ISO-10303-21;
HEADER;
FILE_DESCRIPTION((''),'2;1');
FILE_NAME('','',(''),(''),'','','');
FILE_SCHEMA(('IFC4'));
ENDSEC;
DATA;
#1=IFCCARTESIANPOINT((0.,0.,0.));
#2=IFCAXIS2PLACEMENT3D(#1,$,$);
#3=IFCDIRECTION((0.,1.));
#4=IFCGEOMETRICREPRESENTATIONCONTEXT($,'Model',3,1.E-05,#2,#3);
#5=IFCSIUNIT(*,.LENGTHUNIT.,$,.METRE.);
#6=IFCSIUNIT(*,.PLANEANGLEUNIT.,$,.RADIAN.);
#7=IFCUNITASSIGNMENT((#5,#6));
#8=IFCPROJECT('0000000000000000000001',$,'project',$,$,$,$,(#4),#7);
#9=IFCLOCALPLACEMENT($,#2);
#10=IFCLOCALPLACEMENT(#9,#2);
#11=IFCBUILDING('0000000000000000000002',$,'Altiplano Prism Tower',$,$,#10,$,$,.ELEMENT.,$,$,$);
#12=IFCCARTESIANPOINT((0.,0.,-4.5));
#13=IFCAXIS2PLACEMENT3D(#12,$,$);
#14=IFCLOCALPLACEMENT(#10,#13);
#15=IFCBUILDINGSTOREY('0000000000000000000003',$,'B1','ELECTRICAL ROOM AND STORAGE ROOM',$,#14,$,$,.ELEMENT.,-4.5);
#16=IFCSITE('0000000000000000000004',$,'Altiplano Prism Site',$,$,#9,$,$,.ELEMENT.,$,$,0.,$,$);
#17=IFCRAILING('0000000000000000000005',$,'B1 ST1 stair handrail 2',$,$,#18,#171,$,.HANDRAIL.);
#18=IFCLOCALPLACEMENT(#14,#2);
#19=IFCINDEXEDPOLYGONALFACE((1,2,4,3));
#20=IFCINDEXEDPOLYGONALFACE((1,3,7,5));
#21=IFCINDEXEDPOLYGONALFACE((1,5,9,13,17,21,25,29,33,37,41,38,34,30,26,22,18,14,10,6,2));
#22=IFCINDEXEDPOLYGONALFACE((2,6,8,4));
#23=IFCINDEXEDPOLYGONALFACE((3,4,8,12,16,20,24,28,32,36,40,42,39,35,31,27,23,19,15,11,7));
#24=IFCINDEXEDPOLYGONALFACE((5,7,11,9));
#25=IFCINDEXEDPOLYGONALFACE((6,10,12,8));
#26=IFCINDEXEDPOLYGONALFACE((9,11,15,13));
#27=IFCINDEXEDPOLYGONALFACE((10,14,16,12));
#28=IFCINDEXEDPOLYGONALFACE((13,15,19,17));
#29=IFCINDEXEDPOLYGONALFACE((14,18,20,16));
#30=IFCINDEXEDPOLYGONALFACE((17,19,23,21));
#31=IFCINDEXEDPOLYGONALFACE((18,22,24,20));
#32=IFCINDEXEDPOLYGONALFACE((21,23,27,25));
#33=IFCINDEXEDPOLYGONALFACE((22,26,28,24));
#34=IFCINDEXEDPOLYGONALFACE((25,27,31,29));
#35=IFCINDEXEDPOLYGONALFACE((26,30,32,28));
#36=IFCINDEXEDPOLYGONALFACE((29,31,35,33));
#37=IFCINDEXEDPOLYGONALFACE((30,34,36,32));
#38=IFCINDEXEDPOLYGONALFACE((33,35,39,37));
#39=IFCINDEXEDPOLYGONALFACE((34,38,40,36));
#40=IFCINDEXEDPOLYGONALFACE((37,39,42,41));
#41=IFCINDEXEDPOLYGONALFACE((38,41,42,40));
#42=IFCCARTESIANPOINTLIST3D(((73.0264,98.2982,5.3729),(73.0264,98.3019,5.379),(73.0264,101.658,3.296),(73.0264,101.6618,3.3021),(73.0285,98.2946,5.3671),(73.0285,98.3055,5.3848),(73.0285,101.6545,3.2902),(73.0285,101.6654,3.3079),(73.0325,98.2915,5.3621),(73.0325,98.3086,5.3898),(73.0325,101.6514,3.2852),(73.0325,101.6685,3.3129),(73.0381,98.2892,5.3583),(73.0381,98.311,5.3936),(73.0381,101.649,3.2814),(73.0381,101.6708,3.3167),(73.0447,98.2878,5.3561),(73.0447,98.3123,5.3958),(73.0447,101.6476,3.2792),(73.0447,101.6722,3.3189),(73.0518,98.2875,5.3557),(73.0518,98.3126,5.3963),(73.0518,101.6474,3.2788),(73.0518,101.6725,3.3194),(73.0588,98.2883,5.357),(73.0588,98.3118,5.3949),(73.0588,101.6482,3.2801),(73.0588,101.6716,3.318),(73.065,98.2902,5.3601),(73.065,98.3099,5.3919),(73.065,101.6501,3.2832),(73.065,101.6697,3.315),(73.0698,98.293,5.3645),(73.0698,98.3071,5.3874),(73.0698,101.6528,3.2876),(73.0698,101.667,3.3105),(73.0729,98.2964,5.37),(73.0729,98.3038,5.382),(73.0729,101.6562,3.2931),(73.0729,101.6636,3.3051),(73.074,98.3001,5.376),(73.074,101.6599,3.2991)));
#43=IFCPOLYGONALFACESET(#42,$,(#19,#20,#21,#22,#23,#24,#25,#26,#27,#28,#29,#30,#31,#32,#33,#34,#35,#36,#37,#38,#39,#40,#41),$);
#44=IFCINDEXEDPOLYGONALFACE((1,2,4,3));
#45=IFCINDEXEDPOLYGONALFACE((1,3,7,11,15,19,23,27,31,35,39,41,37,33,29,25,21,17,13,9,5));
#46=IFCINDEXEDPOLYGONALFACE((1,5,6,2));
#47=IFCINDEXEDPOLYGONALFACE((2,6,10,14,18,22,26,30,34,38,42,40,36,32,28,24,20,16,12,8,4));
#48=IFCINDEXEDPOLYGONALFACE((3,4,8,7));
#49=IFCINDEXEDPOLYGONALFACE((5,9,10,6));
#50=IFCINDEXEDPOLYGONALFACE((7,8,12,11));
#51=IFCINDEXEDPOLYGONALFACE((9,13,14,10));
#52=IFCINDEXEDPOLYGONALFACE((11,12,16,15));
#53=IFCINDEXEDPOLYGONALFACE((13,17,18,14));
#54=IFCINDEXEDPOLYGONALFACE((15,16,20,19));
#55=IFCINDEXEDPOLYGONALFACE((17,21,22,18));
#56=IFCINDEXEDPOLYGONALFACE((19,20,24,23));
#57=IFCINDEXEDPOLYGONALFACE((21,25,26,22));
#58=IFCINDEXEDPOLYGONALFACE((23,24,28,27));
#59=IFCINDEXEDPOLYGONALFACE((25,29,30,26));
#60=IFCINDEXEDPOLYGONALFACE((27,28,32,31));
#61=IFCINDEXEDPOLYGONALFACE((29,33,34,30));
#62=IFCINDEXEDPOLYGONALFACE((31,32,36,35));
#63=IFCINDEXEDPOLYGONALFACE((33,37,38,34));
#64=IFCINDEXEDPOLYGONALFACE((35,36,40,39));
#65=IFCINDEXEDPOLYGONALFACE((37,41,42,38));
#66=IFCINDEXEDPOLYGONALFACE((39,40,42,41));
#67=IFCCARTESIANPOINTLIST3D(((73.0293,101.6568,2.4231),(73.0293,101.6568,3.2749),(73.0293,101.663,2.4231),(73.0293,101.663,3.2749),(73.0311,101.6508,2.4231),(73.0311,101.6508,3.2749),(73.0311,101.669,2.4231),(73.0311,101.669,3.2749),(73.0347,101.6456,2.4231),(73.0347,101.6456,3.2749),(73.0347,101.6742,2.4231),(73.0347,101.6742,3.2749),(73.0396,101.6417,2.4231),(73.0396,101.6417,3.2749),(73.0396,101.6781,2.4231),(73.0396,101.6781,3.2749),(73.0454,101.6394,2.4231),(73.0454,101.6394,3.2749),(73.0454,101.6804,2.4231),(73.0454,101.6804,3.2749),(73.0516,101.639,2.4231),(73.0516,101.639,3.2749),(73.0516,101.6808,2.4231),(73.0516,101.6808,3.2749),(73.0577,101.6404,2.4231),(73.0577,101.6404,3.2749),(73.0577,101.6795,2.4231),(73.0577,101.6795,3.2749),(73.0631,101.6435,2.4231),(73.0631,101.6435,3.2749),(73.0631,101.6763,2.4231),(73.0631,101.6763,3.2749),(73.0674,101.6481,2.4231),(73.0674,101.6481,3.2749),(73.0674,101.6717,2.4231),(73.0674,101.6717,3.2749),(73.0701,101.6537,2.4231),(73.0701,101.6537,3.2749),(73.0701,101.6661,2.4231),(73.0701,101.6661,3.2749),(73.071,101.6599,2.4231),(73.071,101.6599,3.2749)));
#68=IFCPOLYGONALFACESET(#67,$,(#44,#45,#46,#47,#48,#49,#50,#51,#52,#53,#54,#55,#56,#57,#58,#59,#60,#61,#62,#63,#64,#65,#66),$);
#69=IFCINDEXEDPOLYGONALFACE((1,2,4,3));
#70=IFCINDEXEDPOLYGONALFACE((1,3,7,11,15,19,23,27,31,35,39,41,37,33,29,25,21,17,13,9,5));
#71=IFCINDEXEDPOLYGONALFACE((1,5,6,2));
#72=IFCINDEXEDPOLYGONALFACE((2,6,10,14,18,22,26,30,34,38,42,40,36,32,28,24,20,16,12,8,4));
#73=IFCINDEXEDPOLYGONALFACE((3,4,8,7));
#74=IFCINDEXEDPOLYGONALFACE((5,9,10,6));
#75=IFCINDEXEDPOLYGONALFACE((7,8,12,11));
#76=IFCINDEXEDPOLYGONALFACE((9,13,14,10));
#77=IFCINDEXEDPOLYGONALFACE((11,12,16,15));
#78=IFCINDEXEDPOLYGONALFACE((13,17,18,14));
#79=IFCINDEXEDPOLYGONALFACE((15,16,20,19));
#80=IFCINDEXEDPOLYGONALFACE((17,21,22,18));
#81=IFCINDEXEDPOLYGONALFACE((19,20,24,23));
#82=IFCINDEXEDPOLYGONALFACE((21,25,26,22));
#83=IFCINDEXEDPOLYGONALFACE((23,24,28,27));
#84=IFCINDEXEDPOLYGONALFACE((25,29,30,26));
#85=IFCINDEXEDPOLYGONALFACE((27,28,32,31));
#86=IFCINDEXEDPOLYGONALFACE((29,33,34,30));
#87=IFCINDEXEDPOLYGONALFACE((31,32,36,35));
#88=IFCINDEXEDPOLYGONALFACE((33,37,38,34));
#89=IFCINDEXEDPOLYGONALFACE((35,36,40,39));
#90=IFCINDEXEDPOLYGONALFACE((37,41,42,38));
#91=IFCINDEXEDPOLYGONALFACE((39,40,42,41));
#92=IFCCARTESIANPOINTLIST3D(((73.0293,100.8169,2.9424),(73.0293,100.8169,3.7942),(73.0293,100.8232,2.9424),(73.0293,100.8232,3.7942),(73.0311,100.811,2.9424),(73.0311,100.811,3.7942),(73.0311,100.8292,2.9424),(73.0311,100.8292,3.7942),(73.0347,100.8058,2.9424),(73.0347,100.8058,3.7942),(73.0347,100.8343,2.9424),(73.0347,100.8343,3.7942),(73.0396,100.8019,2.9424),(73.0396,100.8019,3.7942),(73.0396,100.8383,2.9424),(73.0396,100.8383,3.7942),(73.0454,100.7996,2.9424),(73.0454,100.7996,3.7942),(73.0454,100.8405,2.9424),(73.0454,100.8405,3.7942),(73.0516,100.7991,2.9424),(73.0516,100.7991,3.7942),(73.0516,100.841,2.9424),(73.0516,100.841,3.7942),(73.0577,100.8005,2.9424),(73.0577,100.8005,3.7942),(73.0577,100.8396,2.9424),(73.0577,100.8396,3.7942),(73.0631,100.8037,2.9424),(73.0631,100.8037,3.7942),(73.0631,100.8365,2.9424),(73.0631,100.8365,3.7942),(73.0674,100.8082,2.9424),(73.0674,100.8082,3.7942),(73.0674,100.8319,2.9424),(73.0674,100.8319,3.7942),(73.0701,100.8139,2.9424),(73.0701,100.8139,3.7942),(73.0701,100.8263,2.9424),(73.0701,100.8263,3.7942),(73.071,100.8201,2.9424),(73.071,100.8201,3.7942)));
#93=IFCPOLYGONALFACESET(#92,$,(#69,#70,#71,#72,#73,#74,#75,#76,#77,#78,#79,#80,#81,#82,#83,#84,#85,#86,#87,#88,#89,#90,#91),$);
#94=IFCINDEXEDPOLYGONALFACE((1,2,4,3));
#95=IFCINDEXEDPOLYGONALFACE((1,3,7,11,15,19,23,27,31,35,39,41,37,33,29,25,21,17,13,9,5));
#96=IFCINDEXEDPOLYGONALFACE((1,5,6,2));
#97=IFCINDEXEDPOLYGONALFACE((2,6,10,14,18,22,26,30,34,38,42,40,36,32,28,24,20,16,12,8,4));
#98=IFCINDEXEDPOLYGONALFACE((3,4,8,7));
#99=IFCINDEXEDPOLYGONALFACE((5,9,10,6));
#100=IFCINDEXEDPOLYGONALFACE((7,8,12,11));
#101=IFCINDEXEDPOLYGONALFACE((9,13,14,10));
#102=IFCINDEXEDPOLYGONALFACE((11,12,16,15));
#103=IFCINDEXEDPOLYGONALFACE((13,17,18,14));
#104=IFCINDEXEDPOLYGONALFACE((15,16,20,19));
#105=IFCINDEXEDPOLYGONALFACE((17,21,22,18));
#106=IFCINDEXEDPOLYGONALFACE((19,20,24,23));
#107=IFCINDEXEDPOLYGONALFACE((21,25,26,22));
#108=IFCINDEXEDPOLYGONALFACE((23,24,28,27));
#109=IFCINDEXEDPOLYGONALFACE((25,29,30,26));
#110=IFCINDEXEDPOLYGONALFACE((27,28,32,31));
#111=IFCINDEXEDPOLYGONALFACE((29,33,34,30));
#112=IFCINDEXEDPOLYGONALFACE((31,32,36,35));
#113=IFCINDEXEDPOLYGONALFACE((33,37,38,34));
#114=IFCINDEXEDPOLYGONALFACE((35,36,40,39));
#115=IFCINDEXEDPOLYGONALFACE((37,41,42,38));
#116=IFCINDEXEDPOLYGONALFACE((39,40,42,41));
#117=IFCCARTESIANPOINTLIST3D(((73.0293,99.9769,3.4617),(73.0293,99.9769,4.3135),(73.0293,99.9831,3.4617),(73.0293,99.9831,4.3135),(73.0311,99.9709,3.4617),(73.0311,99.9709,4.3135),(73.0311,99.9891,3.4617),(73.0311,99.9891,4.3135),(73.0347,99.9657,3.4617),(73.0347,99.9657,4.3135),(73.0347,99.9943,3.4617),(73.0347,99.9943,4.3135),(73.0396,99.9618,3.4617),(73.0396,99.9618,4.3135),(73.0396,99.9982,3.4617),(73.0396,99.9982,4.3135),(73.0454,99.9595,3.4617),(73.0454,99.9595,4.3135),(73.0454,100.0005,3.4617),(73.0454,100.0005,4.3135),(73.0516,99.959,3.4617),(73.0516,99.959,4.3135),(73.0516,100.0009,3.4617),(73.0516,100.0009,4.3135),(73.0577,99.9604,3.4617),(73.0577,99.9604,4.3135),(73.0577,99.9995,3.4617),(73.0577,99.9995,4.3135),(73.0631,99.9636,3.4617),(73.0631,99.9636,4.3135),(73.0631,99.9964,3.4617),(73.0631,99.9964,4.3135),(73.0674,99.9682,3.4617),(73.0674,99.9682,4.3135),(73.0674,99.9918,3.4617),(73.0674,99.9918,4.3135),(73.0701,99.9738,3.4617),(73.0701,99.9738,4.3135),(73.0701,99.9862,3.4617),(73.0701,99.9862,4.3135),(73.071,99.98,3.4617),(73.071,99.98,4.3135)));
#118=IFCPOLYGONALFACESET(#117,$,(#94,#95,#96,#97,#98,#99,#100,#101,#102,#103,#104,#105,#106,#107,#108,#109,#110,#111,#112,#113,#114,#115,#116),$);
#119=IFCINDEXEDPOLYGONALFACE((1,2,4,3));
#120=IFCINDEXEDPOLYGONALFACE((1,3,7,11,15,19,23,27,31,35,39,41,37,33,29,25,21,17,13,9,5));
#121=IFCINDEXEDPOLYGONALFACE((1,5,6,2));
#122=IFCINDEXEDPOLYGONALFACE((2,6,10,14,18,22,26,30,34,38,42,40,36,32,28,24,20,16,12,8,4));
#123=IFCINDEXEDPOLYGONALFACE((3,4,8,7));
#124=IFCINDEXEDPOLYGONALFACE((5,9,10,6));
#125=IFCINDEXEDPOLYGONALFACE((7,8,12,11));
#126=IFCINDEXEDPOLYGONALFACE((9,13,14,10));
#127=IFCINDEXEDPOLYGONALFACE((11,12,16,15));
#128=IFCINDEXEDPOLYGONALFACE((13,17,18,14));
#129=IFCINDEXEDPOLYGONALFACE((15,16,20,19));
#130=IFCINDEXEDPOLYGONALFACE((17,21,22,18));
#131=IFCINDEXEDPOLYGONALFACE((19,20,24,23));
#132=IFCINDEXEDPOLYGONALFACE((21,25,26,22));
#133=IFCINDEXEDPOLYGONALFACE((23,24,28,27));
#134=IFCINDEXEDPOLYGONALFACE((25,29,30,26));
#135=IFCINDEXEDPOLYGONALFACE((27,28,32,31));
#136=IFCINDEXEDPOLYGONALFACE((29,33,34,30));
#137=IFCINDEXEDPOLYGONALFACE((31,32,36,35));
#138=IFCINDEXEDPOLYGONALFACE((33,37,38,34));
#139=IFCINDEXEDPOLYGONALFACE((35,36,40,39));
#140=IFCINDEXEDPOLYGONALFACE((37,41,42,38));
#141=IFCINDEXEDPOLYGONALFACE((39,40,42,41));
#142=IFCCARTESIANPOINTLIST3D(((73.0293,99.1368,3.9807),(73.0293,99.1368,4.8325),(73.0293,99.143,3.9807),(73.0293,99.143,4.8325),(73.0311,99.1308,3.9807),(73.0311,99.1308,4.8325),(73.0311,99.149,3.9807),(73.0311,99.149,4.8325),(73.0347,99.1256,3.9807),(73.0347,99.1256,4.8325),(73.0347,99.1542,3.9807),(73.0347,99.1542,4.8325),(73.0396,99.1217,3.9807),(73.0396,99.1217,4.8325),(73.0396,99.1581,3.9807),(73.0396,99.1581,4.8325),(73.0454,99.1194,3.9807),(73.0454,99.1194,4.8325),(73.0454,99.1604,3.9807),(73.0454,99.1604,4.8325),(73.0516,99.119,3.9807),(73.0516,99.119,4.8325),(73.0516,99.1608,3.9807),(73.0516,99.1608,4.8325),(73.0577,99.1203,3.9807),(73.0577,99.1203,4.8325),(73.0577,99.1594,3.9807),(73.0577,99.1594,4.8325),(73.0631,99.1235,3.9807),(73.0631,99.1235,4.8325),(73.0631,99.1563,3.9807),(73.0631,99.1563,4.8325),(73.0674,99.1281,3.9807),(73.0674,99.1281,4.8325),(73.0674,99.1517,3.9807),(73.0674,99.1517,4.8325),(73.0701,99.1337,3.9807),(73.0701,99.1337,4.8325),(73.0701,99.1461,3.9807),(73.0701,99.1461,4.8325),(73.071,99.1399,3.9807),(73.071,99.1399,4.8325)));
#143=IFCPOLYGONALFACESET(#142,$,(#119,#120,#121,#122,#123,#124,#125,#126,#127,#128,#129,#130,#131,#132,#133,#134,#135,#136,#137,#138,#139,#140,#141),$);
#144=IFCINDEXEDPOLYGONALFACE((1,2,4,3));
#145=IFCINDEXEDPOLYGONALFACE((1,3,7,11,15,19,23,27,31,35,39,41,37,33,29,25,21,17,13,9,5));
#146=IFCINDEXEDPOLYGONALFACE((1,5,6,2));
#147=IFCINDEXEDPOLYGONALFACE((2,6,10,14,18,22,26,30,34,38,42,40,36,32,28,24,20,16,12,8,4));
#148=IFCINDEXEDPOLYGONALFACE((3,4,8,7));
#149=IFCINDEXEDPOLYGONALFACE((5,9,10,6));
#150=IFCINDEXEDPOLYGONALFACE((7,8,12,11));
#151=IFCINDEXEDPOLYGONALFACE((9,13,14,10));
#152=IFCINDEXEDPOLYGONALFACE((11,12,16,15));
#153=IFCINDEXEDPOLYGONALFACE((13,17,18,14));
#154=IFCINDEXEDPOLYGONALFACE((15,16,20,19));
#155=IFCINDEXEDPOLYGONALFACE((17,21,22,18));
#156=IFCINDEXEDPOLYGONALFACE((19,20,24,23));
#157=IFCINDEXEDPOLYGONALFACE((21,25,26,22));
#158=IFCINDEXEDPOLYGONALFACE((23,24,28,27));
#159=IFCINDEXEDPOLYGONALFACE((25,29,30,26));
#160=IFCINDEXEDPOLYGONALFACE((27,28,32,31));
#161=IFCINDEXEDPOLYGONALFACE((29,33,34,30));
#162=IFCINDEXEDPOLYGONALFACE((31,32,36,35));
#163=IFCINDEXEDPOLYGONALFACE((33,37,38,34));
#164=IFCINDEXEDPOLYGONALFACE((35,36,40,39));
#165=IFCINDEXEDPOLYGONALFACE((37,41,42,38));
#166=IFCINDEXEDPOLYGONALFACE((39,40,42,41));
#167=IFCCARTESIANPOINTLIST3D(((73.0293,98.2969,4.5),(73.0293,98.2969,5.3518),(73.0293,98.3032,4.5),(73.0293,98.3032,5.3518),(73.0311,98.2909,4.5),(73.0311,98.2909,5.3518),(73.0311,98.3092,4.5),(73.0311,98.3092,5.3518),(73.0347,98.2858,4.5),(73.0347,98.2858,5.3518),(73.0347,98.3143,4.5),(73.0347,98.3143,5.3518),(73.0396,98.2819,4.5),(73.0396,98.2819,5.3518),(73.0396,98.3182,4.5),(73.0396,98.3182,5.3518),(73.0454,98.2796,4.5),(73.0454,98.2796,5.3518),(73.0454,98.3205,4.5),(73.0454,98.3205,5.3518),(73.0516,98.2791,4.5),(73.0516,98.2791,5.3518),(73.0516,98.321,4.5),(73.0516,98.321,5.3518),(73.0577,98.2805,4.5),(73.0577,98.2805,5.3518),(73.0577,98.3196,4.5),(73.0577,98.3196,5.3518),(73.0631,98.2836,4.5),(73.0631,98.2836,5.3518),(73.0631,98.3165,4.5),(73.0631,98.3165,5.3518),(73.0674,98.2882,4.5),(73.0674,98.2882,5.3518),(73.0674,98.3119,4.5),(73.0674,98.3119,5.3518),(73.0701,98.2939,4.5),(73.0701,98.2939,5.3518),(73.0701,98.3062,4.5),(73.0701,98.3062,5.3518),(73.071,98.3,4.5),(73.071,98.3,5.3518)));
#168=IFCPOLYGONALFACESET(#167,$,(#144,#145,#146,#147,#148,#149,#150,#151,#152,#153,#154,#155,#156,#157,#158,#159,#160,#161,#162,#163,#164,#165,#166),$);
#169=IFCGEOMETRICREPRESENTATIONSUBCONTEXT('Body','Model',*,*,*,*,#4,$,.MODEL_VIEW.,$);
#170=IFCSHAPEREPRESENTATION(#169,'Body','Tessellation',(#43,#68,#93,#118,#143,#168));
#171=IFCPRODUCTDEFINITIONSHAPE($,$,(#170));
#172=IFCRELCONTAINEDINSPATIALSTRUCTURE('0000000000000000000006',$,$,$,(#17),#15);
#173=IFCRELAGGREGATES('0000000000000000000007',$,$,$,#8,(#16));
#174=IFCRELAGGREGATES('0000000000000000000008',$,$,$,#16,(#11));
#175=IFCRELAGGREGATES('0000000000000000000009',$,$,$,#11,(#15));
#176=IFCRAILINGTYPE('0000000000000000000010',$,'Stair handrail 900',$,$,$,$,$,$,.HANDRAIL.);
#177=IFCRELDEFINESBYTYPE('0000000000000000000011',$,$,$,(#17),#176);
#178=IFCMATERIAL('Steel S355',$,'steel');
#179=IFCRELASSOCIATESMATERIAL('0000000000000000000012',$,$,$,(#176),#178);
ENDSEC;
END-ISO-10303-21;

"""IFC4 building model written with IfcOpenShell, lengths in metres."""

from ifc_helpers import new_model, si_unit, direction, frame, origin, origin_2d, place, context, subcontext, project, spatial, circle, extrude, material, type_object, element, save


model = new_model("IFC4")

# Units and contexts
model_context = context("Model", 3, precision=1e-05, world=origin(), true_north=direction((0.0, 1.0)))
body_context = subcontext(model_context, "Body", "Model", "MODEL_VIEW")
ifc_project = project(units=[si_unit("LENGTHUNIT", "METRE"), si_unit("PLANEANGLEUNIT", "RADIAN")], contexts=[model_context])

# Site, building, storey
site_placement = place(None, origin())
site = spatial("IfcSite", under=ifc_project, at=site_placement, Name="Altiplano Prism Site", CompositionType="ELEMENT", RefElevation=0.0)
building_placement = place(site_placement, origin())
building = spatial("IfcBuilding", under=site, at=building_placement, Name="Altiplano Prism Tower", CompositionType="ELEMENT")
storey_placement = place(building_placement, frame((0.0, 0.0, -4.5)))
storey = spatial("IfcBuildingStorey", under=building, at=storey_placement, Name="B1", Description="ELECTRICAL ROOM AND STORAGE ROOM", CompositionType="ELEMENT", Elevation=-4.5)

# Railing
ifc_material_1 = material(Name="Steel S355", Category="steel")
railing_type_1 = type_object("IfcRailingType", Name="Stair handrail 900", PredefinedType="HANDRAIL", material=ifc_material_1)
railing_1_placement = place(storey_placement, frame((73.05, 101.6599, 2.4231)))
element("IfcRailing", 1, at=railing_1_placement, inside=storey, type_object=railing_type_1, Name="B1 ST1 stair handrail 2", PredefinedType="HANDRAIL", context=body_context, shape_type="SweptSolid", body=[
    extrude(circle(Radius=0.0239, at=origin_2d()), frame((0.0, 0.0, 0.876), z_axis=(0.0, -0.850606, 0.525803), x_axis=(1.0, 0.0, 0.0)), (0.0, 0.0, 1.0), 3.95),
    extrude(circle(Radius=0.021, at=origin_2d()), origin(), (0.0, 0.0, 1.0), 0.8518),
    extrude(circle(Radius=0.021, at=origin_2d()), frame((0.0, -0.8398, 0.5193)), (0.0, 0.0, 1.0), 0.8518),
    extrude(circle(Radius=0.021, at=origin_2d()), frame((0.0, -1.6799, 1.0386)), (0.0, 0.0, 1.0), 0.8518),
    extrude(circle(Radius=0.021, at=origin_2d()), frame((0.0, -2.52, 1.5576)), (0.0, 0.0, 1.0), 0.8518),
    extrude(circle(Radius=0.021, at=origin_2d()), frame((0.0, -3.3599, 2.0769)), (0.0, 0.0, 1.0), 0.8518),
])

save(model, "model.ifc")
